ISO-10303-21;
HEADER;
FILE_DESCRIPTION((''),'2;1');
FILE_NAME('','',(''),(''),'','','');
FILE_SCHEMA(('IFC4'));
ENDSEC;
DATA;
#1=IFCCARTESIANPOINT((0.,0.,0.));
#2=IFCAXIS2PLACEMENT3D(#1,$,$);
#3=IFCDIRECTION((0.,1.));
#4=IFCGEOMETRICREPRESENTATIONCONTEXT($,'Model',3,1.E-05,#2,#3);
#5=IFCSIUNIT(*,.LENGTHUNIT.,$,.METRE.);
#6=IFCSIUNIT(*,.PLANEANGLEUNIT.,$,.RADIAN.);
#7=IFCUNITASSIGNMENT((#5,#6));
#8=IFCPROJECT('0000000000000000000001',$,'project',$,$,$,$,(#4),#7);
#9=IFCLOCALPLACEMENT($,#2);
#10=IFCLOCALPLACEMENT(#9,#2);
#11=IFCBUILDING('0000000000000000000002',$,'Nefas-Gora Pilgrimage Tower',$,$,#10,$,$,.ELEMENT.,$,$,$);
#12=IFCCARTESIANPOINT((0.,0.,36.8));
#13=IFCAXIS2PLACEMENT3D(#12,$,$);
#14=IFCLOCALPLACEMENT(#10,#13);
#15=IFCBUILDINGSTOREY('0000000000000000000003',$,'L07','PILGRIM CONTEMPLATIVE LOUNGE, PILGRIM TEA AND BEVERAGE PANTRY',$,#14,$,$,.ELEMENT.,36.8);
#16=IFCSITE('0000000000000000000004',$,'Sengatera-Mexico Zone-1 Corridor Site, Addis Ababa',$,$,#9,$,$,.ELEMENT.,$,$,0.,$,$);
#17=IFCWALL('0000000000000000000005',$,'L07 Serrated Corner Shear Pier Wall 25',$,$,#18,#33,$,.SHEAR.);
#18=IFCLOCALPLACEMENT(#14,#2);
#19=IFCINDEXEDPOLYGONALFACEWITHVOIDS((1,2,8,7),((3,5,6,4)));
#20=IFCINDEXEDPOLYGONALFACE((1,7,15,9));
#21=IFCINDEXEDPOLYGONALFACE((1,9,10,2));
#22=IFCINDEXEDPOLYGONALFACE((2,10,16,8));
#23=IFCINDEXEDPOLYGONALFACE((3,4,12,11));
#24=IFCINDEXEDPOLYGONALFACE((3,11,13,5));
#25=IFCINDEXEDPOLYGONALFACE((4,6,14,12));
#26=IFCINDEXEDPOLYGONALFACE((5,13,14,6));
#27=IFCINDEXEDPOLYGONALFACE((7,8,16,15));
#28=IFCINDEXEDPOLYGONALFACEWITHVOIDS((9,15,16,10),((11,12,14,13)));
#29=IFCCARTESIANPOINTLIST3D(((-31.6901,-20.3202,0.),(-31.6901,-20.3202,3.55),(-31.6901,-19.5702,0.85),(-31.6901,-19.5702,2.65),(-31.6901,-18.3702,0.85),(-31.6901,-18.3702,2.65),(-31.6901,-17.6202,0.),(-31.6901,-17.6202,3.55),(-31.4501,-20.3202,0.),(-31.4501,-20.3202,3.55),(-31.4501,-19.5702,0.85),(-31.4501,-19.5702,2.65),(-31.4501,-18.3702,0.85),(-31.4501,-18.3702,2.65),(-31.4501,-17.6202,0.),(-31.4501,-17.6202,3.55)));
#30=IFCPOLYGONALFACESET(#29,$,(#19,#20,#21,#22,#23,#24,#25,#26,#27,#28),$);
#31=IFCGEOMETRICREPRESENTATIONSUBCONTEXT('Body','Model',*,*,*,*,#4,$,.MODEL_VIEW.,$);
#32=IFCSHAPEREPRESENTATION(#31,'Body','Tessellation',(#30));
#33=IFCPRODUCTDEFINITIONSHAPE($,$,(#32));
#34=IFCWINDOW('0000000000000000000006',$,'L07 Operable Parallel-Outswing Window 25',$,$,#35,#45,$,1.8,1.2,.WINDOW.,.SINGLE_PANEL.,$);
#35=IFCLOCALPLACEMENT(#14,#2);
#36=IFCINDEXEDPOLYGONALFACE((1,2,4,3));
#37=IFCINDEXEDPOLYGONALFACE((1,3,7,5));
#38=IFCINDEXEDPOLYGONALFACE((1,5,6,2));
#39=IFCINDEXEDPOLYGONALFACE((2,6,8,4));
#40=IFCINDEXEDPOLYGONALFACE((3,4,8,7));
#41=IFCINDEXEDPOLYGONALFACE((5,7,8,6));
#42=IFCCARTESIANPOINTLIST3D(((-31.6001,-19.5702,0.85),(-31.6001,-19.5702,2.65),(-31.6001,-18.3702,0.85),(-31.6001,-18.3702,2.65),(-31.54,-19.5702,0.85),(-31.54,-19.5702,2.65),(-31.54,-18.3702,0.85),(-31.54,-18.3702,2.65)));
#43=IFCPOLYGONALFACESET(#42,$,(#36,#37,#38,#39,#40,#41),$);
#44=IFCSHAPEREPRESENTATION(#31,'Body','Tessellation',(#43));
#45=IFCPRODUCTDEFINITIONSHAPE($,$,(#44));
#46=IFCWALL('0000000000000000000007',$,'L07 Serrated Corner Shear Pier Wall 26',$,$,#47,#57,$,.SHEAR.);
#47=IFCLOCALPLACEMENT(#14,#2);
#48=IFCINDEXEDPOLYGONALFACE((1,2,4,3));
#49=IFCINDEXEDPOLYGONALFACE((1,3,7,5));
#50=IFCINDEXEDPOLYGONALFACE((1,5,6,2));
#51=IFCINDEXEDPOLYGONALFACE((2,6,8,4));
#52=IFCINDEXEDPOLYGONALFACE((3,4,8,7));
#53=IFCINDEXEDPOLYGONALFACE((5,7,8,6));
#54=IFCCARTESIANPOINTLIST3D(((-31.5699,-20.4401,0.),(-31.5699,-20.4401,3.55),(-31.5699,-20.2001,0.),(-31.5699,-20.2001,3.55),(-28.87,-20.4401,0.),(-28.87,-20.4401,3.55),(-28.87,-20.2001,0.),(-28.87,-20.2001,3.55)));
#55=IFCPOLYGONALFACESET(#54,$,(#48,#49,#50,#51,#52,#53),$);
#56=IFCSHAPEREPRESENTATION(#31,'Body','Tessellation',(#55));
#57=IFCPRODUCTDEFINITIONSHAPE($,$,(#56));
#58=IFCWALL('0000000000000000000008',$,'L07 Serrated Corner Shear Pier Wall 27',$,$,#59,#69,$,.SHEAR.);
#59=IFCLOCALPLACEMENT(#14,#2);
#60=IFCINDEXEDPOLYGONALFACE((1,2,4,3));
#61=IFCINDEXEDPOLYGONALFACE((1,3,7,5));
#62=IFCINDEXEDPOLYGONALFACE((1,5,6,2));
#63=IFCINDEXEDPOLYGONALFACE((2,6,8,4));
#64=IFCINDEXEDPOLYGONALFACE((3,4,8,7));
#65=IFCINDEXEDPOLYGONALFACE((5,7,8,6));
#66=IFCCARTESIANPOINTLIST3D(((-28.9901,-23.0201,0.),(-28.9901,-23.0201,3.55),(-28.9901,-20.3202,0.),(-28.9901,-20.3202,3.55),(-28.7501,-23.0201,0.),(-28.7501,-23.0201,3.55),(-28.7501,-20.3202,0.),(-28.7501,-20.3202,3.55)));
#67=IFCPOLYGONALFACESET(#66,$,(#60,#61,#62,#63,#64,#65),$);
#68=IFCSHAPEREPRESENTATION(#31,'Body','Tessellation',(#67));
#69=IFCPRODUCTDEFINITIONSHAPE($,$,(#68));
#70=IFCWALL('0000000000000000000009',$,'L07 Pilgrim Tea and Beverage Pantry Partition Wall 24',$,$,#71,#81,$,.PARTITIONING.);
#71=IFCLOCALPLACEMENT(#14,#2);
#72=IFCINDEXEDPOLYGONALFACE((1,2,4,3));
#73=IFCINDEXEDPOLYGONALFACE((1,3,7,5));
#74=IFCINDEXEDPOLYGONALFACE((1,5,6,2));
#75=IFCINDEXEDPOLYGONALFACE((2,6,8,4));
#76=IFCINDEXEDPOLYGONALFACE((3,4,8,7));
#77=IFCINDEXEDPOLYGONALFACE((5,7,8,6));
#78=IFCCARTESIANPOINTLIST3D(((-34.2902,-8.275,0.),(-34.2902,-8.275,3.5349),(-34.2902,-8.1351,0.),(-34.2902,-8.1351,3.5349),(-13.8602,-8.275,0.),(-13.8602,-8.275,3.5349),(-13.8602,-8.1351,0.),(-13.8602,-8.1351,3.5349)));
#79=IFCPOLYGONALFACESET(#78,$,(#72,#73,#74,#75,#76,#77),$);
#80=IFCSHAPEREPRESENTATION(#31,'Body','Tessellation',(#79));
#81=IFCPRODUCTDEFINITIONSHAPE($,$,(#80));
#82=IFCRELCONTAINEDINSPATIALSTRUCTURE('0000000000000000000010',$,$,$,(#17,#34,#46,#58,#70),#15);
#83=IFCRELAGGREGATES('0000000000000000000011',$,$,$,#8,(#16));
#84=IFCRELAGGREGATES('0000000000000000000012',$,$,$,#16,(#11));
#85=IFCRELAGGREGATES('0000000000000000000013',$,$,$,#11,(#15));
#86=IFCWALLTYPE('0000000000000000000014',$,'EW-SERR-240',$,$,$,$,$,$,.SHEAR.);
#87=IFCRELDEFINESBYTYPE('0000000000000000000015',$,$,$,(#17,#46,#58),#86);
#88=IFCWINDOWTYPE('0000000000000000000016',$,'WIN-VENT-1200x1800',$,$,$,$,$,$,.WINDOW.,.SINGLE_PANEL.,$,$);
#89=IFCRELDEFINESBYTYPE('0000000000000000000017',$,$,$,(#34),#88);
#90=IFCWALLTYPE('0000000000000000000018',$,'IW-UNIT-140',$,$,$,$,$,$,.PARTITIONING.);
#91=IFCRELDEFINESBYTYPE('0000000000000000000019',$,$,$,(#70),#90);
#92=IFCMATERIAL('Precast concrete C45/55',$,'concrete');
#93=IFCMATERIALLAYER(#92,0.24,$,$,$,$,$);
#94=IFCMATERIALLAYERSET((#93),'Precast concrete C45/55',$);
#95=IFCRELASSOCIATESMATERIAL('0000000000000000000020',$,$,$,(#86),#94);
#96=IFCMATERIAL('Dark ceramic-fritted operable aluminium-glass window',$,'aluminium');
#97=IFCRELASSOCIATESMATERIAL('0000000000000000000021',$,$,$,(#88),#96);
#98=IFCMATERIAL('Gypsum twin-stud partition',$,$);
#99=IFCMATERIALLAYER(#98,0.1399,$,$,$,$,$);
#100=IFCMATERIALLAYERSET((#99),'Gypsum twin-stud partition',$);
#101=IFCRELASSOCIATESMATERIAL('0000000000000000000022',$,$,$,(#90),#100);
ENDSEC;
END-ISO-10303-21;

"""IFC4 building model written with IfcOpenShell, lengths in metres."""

from ifc_helpers import new_model, si_unit, direction, frame, frame_2d, origin, place, context, subcontext, project, spatial, rectangle, extrude, source, transform, mapped, material, layer, layer_set, type_object, element, fill, save


model = new_model("IFC4")

# Units and contexts
model_context = context("Model", 3, precision=1e-05, world=origin(), true_north=direction((0.0, 1.0)))
body_context = subcontext(model_context, "Body", "Model", "MODEL_VIEW")
ifc_project = project(units=[si_unit("LENGTHUNIT", "METRE"), si_unit("PLANEANGLEUNIT", "RADIAN")], contexts=[model_context])

# Site, building, storey
site_placement = place(None, origin())
site = spatial("IfcSite", under=ifc_project, at=site_placement, Name="Sengatera-Mexico Zone-1 Corridor Site, Addis Ababa", CompositionType="ELEMENT", RefElevation=0.0)
building_placement = place(site_placement, origin())
building = spatial("IfcBuilding", under=site, at=building_placement, Name="Nefas-Gora Pilgrimage Tower", CompositionType="ELEMENT")
storey_placement = place(building_placement, frame((0.0, 0.0, 36.8)))
storey = spatial("IfcBuildingStorey", under=building, at=storey_placement, Name="L07", Description="PILGRIM CONTEMPLATIVE LOUNGE, PILGRIM TEA AND BEVERAGE PANTRY", CompositionType="ELEMENT", Elevation=36.8)

# Shared definitions
ifc_material_1 = material(Name="Precast concrete C45/55", Category="concrete")
ifc_layer_1 = layer(ifc_material_1, 0.24)
ifc_layer_set_1 = layer_set([ifc_layer_1], Name="Precast concrete C45/55")
wall_type_1 = type_object("IfcWallType", Name="EW-SERR-240", PredefinedType="SHEAR", material=ifc_layer_set_1)
shared_shape_1 = source(origin(), body_context, "Body", "SweptSolid", [
    extrude(rectangle(XDim=2.7, YDim=0.24, at=frame_2d((1.3501, 0.0))), origin(), (0.0, 0.0, 1.0), 3.55),
])

# Wall, opening, window
wall_1_placement = place(storey_placement, frame((-31.5701, -17.6201, 0.0), z_axis=(0.0, 0.0, 1.0), x_axis=(0.0, -1.0, 0.0)))
wall_1 = element("IfcWall", 1, at=wall_1_placement, inside=storey, type_object=wall_type_1, Name="L07 Serrated Corner Shear Pier Wall 25", PredefinedType="SHEAR", context=body_context, shape_type="MappedRepresentation", body=[
    mapped(shared_shape_1, transform((0.0, 0.0, 0.0), x_axis=(1.0, 0.0, 0.0), y_axis=(0.0, 1.0, 0.0), z_axis=(0.0, 0.0, 1.0), scale=1.0)),
])
opening_placement = place(wall_1_placement, frame((0.75, 0.0, 0.8501)))
opening = element("IfcOpeningElement", 2, at=opening_placement, cuts=wall_1, PredefinedType="OPENING", context=body_context, shape_type="SweptSolid", body=[
    extrude(rectangle(XDim=1.2, YDim=1.8, at=frame_2d((0.6001, 0.8999))), frame((0.0, 0.1299, 0.0), z_axis=(0.0, -1.0, 0.0), x_axis=(1.0, 0.0, 0.0)), (0.0, 0.0, 1.0), 0.26),
])
ifc_material_2 = material(Name="Dark ceramic-fritted operable aluminium-glass window", Category="aluminium")
window_type = type_object("IfcWindowType", Name="WIN-VENT-1200x1800", PartitioningType="SINGLE_PANEL", PredefinedType="WINDOW", material=ifc_material_2)
shared_shape_2 = source(origin(), body_context, "Body", "SweptSolid", [
    extrude(rectangle(XDim=1.2, YDim=1.8, at=frame_2d((0.6001, 0.8999))), frame((0.0, 0.03, 0.0), z_axis=(0.0, -1.0, 0.0), x_axis=(1.0, 0.0, 0.0)), (0.0, 0.0, 1.0), 0.0601),
])
window_placement = place(opening_placement, origin())
window = element("IfcWindow", 3, at=window_placement, inside=storey, type_object=window_type, Name="L07 Operable Parallel-Outswing Window 25", OverallHeight=1.8, OverallWidth=1.2, PartitioningType="SINGLE_PANEL", PredefinedType="WINDOW", context=body_context, shape_type="MappedRepresentation", body=[
    mapped(shared_shape_2, transform((0.0, 0.0, 0.0), x_axis=(1.0, 0.0, 0.0), y_axis=(0.0, 1.0, 0.0), z_axis=(0.0, 0.0, 1.0), scale=1.0)),
])
fill(opening, window)

# Walls
for number, where, z_axis, x_axis, name in (
    (4, (-31.5701, -20.3201, 0.0), (0.0, 0.0, 1.0), (1.0, 0.0, 0.0), "L07 Serrated Corner Shear Pier Wall 26"),
    (5, (-28.8701, -20.3201, 0.0), (0.0, 0.0, 1.0), (0.0, -1.0, 0.0), "L07 Serrated Corner Shear Pier Wall 27"),
):
    element("IfcWall", number, at=place(storey_placement, frame(where, z_axis=z_axis, x_axis=x_axis)), inside=storey, type_object=wall_type_1, Name=name, PredefinedType="SHEAR", context=body_context, shape_type="MappedRepresentation", body=[
        mapped(shared_shape_1, transform((0.0, 0.0, 0.0), x_axis=(1.0, 0.0, 0.0), y_axis=(0.0, 1.0, 0.0), z_axis=(0.0, 0.0, 1.0), scale=1.0)),
    ])
ifc_material_3 = material(Name="Gypsum twin-stud partition")
ifc_layer_2 = layer(ifc_material_3, 0.1399)
ifc_layer_set_2 = layer_set([ifc_layer_2], Name="Gypsum twin-stud partition")
wall_type_2 = type_object("IfcWallType", Name="IW-UNIT-140", PredefinedType="PARTITIONING", material=ifc_layer_set_2)
shared_shape_3 = source(origin(), body_context, "Body", "SweptSolid", [
    extrude(rectangle(XDim=20.4299, YDim=0.1399, at=frame_2d((10.2148, 0.0))), origin(), (0.0, 0.0, 1.0), 3.5349),
])
wall_2_placement = place(storey_placement, frame((-34.29, -8.2051, 0.0), z_axis=(0.0, 0.0, 1.0), x_axis=(1.0, 0.0, 0.0)))
element("IfcWall", 6, at=wall_2_placement, inside=storey, type_object=wall_type_2, Name="L07 Pilgrim Tea and Beverage Pantry Partition Wall 24", PredefinedType="PARTITIONING", context=body_context, shape_type="MappedRepresentation", body=[
    mapped(shared_shape_3, transform((0.0, 0.0, 0.0), x_axis=(1.0, 0.0, 0.0), y_axis=(0.0, 1.0, 0.0), z_axis=(0.0, 0.0, 1.0), scale=1.0)),
])

save(model, "model.ifc")
